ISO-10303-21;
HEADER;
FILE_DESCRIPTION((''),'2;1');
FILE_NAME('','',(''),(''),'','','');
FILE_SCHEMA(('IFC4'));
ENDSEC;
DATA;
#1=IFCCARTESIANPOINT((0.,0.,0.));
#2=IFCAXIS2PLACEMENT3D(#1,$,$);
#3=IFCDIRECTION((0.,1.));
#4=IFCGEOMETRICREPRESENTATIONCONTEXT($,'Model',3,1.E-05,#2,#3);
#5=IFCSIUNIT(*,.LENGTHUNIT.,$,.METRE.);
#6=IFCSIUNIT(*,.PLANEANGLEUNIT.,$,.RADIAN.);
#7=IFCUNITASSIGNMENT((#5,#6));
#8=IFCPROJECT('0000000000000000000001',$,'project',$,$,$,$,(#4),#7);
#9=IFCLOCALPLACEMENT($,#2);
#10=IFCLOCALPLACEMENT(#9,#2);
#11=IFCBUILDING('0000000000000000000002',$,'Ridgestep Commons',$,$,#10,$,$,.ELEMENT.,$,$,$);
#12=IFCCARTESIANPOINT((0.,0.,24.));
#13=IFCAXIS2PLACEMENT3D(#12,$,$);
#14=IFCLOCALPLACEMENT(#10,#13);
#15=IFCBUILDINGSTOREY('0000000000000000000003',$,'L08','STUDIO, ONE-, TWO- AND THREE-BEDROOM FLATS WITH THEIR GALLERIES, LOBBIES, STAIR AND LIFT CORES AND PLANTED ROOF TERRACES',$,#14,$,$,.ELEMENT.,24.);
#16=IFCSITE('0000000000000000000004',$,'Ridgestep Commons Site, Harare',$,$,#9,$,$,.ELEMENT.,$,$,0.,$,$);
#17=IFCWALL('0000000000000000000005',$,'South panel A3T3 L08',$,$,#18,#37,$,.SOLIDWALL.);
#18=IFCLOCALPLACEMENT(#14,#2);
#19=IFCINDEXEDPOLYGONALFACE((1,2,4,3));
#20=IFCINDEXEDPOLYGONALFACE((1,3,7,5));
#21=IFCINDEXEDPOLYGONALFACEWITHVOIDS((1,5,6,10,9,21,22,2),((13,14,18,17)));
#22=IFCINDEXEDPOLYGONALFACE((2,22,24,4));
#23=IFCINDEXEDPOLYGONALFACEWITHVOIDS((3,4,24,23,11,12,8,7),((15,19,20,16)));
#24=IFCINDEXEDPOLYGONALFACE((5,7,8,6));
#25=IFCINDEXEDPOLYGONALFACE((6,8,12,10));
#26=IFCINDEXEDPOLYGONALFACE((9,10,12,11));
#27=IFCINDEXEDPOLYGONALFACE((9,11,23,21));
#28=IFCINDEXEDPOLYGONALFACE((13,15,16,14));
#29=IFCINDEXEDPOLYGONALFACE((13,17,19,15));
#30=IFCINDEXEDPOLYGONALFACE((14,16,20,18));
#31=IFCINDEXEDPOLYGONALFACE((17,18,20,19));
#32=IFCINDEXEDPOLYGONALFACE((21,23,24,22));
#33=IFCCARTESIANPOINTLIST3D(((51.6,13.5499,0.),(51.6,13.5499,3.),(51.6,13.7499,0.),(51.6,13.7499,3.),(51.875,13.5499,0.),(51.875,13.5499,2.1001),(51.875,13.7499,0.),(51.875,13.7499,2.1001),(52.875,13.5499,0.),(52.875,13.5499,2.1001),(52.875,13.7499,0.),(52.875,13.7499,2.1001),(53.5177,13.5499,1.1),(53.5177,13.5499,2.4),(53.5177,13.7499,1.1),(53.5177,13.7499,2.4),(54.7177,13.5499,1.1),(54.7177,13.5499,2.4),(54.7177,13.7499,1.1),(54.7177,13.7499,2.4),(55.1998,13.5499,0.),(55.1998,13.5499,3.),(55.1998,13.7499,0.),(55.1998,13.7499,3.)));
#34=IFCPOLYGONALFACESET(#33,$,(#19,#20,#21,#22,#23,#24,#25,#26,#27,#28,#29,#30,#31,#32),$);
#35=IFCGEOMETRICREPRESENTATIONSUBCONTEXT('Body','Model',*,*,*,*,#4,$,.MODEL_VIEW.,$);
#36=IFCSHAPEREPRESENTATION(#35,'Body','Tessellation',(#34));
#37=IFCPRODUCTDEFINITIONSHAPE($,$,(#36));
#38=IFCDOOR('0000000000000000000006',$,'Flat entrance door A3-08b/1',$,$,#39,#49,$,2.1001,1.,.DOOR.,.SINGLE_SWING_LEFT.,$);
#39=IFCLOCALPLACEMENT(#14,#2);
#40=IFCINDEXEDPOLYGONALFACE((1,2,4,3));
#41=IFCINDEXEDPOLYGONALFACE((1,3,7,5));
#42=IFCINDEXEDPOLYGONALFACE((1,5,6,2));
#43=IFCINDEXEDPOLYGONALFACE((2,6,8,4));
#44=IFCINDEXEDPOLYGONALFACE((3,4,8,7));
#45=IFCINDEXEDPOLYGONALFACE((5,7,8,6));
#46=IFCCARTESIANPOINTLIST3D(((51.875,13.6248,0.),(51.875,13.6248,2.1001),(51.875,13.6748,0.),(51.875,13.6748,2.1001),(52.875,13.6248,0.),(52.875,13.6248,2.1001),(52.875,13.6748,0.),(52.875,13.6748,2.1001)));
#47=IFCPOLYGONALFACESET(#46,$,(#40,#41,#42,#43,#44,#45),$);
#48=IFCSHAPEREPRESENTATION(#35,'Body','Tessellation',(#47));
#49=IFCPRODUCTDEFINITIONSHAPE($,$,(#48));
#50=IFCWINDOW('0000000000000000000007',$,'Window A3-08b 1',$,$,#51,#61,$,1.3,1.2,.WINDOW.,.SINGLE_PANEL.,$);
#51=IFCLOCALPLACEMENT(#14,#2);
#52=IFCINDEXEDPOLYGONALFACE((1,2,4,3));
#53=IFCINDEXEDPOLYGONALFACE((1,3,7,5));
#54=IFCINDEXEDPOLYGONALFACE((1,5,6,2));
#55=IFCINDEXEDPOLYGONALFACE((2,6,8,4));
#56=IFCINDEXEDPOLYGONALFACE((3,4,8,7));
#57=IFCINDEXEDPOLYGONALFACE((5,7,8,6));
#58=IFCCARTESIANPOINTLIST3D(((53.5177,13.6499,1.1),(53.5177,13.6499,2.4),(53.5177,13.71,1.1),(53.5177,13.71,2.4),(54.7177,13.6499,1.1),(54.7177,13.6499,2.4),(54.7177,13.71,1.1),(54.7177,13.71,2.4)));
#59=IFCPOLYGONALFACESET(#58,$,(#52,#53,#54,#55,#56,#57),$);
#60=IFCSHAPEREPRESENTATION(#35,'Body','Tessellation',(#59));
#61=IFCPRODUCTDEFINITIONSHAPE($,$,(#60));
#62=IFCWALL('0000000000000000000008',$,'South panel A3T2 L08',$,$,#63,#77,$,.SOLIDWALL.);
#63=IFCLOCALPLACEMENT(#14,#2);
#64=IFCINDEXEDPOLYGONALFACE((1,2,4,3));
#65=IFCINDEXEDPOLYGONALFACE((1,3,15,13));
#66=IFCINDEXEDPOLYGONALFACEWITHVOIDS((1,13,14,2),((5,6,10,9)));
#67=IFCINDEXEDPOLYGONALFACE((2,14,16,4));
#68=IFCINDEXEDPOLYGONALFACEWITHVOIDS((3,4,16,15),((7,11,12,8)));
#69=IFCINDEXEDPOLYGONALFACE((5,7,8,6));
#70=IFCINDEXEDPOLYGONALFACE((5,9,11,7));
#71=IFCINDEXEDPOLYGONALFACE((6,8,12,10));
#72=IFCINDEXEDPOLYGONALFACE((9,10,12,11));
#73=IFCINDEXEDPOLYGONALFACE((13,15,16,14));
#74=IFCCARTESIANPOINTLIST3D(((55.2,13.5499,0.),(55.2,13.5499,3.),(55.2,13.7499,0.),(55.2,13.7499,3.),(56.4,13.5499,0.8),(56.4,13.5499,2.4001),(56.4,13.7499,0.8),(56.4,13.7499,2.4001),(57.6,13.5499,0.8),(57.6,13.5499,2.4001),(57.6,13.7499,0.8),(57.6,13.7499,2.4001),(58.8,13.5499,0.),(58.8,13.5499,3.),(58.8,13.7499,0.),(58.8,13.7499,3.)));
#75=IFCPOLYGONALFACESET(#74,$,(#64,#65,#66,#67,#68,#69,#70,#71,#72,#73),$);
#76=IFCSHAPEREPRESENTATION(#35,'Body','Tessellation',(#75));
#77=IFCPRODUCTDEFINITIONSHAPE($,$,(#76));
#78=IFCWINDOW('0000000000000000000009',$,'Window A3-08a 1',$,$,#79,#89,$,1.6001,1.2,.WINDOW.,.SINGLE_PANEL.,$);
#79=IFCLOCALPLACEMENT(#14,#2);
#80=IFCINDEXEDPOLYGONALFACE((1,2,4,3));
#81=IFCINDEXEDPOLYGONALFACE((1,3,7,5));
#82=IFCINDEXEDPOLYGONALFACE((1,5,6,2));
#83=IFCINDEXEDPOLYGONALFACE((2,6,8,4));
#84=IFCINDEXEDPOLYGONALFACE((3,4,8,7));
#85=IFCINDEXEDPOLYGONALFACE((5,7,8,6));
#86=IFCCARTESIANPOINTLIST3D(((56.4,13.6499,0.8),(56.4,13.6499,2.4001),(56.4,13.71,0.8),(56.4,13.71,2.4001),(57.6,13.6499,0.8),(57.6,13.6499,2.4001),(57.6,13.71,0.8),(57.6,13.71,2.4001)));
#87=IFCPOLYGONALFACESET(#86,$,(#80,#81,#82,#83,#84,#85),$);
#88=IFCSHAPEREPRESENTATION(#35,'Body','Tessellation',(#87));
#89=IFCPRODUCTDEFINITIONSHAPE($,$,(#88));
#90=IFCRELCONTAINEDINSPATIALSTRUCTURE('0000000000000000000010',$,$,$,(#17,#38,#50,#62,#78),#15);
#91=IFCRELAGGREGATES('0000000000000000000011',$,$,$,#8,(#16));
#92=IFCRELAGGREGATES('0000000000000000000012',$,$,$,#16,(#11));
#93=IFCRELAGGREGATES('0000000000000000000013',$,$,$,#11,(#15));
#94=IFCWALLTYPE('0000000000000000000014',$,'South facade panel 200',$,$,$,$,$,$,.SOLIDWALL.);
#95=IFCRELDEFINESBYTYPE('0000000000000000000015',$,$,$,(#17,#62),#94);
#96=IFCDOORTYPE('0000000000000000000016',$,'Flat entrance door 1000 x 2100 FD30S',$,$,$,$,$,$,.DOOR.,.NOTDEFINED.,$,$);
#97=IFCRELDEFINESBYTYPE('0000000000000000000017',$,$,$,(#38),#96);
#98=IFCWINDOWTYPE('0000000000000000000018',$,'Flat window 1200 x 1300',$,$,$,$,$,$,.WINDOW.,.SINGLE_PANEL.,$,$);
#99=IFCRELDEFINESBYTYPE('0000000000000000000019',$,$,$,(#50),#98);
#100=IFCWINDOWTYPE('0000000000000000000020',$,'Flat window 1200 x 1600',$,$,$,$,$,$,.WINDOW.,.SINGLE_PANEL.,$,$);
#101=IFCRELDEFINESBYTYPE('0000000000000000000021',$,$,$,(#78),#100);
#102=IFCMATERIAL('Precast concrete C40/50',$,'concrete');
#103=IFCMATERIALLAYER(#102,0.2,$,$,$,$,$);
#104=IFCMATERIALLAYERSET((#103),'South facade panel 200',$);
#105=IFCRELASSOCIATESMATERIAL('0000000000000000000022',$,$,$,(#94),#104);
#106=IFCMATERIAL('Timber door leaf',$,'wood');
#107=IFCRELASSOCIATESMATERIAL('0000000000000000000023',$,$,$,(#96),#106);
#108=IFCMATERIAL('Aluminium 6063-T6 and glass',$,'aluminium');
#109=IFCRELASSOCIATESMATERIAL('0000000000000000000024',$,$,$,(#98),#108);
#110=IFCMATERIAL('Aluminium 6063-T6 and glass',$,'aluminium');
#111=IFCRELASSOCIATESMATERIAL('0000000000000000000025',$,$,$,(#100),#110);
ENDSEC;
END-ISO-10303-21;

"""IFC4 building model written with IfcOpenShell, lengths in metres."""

from ifc_helpers import new_model, si_unit, direction, frame, frame_2d, origin, place, context, subcontext, project, spatial, rectangle, extrude, material, layer, layer_set, type_object, element, fill, save


model = new_model("IFC4")

# Units and contexts
model_context = context("Model", 3, precision=1e-05, world=origin(), true_north=direction((0.0, 1.0)))
body_context = subcontext(model_context, "Body", "Model", "MODEL_VIEW")
ifc_project = project(units=[si_unit("LENGTHUNIT", "METRE"), si_unit("PLANEANGLEUNIT", "RADIAN")], contexts=[model_context])

# Site, building, storey
site_placement = place(None, origin())
site = spatial("IfcSite", under=ifc_project, at=site_placement, Name="Ridgestep Commons Site, Harare", CompositionType="ELEMENT", RefElevation=0.0)
building_placement = place(site_placement, origin())
building = spatial("IfcBuilding", under=site, at=building_placement, Name="Ridgestep Commons", CompositionType="ELEMENT")
storey_placement = place(building_placement, frame((0.0, 0.0, 24.0)))
storey = spatial("IfcBuildingStorey", under=building, at=storey_placement, Name="L08", Description="STUDIO, ONE-, TWO- AND THREE-BEDROOM FLATS WITH THEIR GALLERIES, LOBBIES, STAIR AND LIFT CORES AND PLANTED ROOF TERRACES", CompositionType="ELEMENT", Elevation=24.0)

# Wall, openings, door, window
ifc_material_1 = material(Name="Precast concrete C40/50", Category="concrete")
ifc_layer_1 = layer(ifc_material_1, 0.2)
ifc_layer_set_1 = layer_set([ifc_layer_1], Name="South facade panel 200")
wall_type_1 = type_object("IfcWallType", Name="South facade panel 200", PredefinedType="SOLIDWALL", material=ifc_layer_set_1)
wall_1_placement = place(storey_placement, frame((51.6001, 13.6499, 0.0), z_axis=(0.0, 0.0, 1.0), x_axis=(1.0, 0.0, 0.0)))
wall_1 = element("IfcWall", 1, at=wall_1_placement, inside=storey, type_object=wall_type_1, Name="South panel A3T3 L08", PredefinedType="SOLIDWALL", context=body_context, shape_type="SweptSolid", body=[
    extrude(rectangle(XDim=3.5999, YDim=0.2, at=frame_2d((1.7998, 0.0))), origin(), (0.0, 0.0, 1.0), 3.0),
])
opening_1_placement = place(wall_1_placement, frame((1.9175, 0.0, 1.1001)))
opening_1 = element("IfcOpeningElement", 2, at=opening_1_placement, cuts=wall_1, PredefinedType="OPENING", context=body_context, shape_type="SweptSolid", body=[
    extrude(rectangle(XDim=1.2, YDim=1.3, at=frame_2d((0.6001, 0.6499))), frame((0.0, 0.1099, 0.0), z_axis=(0.0, -1.0, 0.0), x_axis=(1.0, 0.0, 0.0)), (0.0, 0.0, 1.0), 0.22),
])
opening_2_placement = place(wall_1_placement, frame((0.2749, 0.0, 0.0)))
opening_2 = element("IfcOpeningElement", 3, at=opening_2_placement, cuts=wall_1, PredefinedType="OPENING", context=body_context, shape_type="SweptSolid", body=[
    extrude(rectangle(XDim=1.0, YDim=2.1001, at=frame_2d((0.5, 1.05))), frame((0.0, 0.1099, 0.0), z_axis=(0.0, -1.0, 0.0), x_axis=(1.0, 0.0, 0.0)), (0.0, 0.0, 1.0), 0.22),
])
ifc_material_2 = material(Name="Timber door leaf", Category="wood")
door_type_1 = type_object("IfcDoorType", Name="Flat entrance door 1000 x 2100 FD30S", OperationType="NOTDEFINED", PredefinedType="DOOR", material=ifc_material_2)
door_1_placement = place(opening_2_placement, origin())
door_1 = element("IfcDoor", 4, at=door_1_placement, inside=storey, type_object=door_type_1, Name="Flat entrance door A3-08b/1", OperationType="SINGLE_SWING_LEFT", OverallHeight=2.1001, OverallWidth=1.0, PredefinedType="DOOR", context=body_context, shape_type="SweptSolid", body=[
    extrude(rectangle(XDim=1.0, YDim=2.1001, at=frame_2d((0.5, 1.05))), frame((0.0, 0.0249, 0.0), z_axis=(0.0, -1.0, 0.0), x_axis=(1.0, 0.0, 0.0)), (0.0, 0.0, 1.0), 0.05),
])
fill(opening_2, door_1)
ifc_material_3 = material(Name="Aluminium 6063-T6 and glass", Category="aluminium")
window_type_1 = type_object("IfcWindowType", Name="Flat window 1200 x 1300", PartitioningType="SINGLE_PANEL", PredefinedType="WINDOW", material=ifc_material_3)
window_1_placement = place(opening_1_placement, origin())
window_1 = element("IfcWindow", 5, at=window_1_placement, inside=storey, type_object=window_type_1, Name="Window A3-08b 1", OverallHeight=1.3, OverallWidth=1.2, PartitioningType="SINGLE_PANEL", PredefinedType="WINDOW", context=body_context, shape_type="SweptSolid", body=[
    extrude(rectangle(XDim=1.2, YDim=1.3, at=frame_2d((0.6001, 0.6499))), frame((0.0, 0.0601, 0.0), z_axis=(0.0, -1.0, 0.0), x_axis=(1.0, 0.0, 0.0)), (0.0, 0.0, 1.0), 0.0601),
])
fill(opening_1, window_1)

# Wall, opening, window
wall_2_placement = place(storey_placement, frame((55.2, 13.6499, 0.0), z_axis=(0.0, 0.0, 1.0), x_axis=(1.0, 0.0, 0.0)))
wall_2 = element("IfcWall", 6, at=wall_2_placement, inside=storey, type_object=wall_type_1, Name="South panel A3T2 L08", PredefinedType="SOLIDWALL", context=body_context, shape_type="SweptSolid", body=[
    extrude(rectangle(XDim=3.6001, YDim=0.2, at=frame_2d((1.8, 0.0))), origin(), (0.0, 0.0, 1.0), 3.0),
])
opening_3_placement = place(wall_2_placement, frame((1.2, 0.0, 0.8)))
opening_3 = element("IfcOpeningElement", 7, at=opening_3_placement, cuts=wall_2, PredefinedType="OPENING", context=body_context, shape_type="SweptSolid", body=[
    extrude(rectangle(XDim=1.2, YDim=1.6001, at=frame_2d((0.6001, 0.8))), frame((0.0, 0.1099, 0.0), z_axis=(0.0, -1.0, 0.0), x_axis=(1.0, 0.0, 0.0)), (0.0, 0.0, 1.0), 0.22),
])
ifc_material_4 = material(Name="Aluminium 6063-T6 and glass", Category="aluminium")
window_type_2 = type_object("IfcWindowType", Name="Flat window 1200 x 1600", PartitioningType="SINGLE_PANEL", PredefinedType="WINDOW", material=ifc_material_4)
window_2_placement = place(opening_3_placement, origin())
window_2 = element("IfcWindow", 8, at=window_2_placement, inside=storey, type_object=window_type_2, Name="Window A3-08a 1", OverallHeight=1.6001, OverallWidth=1.2, PartitioningType="SINGLE_PANEL", PredefinedType="WINDOW", context=body_context, shape_type="SweptSolid", body=[
    extrude(rectangle(XDim=1.2, YDim=1.6001, at=frame_2d((0.6001, 0.8))), frame((0.0, 0.0601, 0.0), z_axis=(0.0, -1.0, 0.0), x_axis=(1.0, 0.0, 0.0)), (0.0, 0.0, 1.0), 0.0601),
])
fill(opening_3, window_2)

save(model, "model.ifc")
